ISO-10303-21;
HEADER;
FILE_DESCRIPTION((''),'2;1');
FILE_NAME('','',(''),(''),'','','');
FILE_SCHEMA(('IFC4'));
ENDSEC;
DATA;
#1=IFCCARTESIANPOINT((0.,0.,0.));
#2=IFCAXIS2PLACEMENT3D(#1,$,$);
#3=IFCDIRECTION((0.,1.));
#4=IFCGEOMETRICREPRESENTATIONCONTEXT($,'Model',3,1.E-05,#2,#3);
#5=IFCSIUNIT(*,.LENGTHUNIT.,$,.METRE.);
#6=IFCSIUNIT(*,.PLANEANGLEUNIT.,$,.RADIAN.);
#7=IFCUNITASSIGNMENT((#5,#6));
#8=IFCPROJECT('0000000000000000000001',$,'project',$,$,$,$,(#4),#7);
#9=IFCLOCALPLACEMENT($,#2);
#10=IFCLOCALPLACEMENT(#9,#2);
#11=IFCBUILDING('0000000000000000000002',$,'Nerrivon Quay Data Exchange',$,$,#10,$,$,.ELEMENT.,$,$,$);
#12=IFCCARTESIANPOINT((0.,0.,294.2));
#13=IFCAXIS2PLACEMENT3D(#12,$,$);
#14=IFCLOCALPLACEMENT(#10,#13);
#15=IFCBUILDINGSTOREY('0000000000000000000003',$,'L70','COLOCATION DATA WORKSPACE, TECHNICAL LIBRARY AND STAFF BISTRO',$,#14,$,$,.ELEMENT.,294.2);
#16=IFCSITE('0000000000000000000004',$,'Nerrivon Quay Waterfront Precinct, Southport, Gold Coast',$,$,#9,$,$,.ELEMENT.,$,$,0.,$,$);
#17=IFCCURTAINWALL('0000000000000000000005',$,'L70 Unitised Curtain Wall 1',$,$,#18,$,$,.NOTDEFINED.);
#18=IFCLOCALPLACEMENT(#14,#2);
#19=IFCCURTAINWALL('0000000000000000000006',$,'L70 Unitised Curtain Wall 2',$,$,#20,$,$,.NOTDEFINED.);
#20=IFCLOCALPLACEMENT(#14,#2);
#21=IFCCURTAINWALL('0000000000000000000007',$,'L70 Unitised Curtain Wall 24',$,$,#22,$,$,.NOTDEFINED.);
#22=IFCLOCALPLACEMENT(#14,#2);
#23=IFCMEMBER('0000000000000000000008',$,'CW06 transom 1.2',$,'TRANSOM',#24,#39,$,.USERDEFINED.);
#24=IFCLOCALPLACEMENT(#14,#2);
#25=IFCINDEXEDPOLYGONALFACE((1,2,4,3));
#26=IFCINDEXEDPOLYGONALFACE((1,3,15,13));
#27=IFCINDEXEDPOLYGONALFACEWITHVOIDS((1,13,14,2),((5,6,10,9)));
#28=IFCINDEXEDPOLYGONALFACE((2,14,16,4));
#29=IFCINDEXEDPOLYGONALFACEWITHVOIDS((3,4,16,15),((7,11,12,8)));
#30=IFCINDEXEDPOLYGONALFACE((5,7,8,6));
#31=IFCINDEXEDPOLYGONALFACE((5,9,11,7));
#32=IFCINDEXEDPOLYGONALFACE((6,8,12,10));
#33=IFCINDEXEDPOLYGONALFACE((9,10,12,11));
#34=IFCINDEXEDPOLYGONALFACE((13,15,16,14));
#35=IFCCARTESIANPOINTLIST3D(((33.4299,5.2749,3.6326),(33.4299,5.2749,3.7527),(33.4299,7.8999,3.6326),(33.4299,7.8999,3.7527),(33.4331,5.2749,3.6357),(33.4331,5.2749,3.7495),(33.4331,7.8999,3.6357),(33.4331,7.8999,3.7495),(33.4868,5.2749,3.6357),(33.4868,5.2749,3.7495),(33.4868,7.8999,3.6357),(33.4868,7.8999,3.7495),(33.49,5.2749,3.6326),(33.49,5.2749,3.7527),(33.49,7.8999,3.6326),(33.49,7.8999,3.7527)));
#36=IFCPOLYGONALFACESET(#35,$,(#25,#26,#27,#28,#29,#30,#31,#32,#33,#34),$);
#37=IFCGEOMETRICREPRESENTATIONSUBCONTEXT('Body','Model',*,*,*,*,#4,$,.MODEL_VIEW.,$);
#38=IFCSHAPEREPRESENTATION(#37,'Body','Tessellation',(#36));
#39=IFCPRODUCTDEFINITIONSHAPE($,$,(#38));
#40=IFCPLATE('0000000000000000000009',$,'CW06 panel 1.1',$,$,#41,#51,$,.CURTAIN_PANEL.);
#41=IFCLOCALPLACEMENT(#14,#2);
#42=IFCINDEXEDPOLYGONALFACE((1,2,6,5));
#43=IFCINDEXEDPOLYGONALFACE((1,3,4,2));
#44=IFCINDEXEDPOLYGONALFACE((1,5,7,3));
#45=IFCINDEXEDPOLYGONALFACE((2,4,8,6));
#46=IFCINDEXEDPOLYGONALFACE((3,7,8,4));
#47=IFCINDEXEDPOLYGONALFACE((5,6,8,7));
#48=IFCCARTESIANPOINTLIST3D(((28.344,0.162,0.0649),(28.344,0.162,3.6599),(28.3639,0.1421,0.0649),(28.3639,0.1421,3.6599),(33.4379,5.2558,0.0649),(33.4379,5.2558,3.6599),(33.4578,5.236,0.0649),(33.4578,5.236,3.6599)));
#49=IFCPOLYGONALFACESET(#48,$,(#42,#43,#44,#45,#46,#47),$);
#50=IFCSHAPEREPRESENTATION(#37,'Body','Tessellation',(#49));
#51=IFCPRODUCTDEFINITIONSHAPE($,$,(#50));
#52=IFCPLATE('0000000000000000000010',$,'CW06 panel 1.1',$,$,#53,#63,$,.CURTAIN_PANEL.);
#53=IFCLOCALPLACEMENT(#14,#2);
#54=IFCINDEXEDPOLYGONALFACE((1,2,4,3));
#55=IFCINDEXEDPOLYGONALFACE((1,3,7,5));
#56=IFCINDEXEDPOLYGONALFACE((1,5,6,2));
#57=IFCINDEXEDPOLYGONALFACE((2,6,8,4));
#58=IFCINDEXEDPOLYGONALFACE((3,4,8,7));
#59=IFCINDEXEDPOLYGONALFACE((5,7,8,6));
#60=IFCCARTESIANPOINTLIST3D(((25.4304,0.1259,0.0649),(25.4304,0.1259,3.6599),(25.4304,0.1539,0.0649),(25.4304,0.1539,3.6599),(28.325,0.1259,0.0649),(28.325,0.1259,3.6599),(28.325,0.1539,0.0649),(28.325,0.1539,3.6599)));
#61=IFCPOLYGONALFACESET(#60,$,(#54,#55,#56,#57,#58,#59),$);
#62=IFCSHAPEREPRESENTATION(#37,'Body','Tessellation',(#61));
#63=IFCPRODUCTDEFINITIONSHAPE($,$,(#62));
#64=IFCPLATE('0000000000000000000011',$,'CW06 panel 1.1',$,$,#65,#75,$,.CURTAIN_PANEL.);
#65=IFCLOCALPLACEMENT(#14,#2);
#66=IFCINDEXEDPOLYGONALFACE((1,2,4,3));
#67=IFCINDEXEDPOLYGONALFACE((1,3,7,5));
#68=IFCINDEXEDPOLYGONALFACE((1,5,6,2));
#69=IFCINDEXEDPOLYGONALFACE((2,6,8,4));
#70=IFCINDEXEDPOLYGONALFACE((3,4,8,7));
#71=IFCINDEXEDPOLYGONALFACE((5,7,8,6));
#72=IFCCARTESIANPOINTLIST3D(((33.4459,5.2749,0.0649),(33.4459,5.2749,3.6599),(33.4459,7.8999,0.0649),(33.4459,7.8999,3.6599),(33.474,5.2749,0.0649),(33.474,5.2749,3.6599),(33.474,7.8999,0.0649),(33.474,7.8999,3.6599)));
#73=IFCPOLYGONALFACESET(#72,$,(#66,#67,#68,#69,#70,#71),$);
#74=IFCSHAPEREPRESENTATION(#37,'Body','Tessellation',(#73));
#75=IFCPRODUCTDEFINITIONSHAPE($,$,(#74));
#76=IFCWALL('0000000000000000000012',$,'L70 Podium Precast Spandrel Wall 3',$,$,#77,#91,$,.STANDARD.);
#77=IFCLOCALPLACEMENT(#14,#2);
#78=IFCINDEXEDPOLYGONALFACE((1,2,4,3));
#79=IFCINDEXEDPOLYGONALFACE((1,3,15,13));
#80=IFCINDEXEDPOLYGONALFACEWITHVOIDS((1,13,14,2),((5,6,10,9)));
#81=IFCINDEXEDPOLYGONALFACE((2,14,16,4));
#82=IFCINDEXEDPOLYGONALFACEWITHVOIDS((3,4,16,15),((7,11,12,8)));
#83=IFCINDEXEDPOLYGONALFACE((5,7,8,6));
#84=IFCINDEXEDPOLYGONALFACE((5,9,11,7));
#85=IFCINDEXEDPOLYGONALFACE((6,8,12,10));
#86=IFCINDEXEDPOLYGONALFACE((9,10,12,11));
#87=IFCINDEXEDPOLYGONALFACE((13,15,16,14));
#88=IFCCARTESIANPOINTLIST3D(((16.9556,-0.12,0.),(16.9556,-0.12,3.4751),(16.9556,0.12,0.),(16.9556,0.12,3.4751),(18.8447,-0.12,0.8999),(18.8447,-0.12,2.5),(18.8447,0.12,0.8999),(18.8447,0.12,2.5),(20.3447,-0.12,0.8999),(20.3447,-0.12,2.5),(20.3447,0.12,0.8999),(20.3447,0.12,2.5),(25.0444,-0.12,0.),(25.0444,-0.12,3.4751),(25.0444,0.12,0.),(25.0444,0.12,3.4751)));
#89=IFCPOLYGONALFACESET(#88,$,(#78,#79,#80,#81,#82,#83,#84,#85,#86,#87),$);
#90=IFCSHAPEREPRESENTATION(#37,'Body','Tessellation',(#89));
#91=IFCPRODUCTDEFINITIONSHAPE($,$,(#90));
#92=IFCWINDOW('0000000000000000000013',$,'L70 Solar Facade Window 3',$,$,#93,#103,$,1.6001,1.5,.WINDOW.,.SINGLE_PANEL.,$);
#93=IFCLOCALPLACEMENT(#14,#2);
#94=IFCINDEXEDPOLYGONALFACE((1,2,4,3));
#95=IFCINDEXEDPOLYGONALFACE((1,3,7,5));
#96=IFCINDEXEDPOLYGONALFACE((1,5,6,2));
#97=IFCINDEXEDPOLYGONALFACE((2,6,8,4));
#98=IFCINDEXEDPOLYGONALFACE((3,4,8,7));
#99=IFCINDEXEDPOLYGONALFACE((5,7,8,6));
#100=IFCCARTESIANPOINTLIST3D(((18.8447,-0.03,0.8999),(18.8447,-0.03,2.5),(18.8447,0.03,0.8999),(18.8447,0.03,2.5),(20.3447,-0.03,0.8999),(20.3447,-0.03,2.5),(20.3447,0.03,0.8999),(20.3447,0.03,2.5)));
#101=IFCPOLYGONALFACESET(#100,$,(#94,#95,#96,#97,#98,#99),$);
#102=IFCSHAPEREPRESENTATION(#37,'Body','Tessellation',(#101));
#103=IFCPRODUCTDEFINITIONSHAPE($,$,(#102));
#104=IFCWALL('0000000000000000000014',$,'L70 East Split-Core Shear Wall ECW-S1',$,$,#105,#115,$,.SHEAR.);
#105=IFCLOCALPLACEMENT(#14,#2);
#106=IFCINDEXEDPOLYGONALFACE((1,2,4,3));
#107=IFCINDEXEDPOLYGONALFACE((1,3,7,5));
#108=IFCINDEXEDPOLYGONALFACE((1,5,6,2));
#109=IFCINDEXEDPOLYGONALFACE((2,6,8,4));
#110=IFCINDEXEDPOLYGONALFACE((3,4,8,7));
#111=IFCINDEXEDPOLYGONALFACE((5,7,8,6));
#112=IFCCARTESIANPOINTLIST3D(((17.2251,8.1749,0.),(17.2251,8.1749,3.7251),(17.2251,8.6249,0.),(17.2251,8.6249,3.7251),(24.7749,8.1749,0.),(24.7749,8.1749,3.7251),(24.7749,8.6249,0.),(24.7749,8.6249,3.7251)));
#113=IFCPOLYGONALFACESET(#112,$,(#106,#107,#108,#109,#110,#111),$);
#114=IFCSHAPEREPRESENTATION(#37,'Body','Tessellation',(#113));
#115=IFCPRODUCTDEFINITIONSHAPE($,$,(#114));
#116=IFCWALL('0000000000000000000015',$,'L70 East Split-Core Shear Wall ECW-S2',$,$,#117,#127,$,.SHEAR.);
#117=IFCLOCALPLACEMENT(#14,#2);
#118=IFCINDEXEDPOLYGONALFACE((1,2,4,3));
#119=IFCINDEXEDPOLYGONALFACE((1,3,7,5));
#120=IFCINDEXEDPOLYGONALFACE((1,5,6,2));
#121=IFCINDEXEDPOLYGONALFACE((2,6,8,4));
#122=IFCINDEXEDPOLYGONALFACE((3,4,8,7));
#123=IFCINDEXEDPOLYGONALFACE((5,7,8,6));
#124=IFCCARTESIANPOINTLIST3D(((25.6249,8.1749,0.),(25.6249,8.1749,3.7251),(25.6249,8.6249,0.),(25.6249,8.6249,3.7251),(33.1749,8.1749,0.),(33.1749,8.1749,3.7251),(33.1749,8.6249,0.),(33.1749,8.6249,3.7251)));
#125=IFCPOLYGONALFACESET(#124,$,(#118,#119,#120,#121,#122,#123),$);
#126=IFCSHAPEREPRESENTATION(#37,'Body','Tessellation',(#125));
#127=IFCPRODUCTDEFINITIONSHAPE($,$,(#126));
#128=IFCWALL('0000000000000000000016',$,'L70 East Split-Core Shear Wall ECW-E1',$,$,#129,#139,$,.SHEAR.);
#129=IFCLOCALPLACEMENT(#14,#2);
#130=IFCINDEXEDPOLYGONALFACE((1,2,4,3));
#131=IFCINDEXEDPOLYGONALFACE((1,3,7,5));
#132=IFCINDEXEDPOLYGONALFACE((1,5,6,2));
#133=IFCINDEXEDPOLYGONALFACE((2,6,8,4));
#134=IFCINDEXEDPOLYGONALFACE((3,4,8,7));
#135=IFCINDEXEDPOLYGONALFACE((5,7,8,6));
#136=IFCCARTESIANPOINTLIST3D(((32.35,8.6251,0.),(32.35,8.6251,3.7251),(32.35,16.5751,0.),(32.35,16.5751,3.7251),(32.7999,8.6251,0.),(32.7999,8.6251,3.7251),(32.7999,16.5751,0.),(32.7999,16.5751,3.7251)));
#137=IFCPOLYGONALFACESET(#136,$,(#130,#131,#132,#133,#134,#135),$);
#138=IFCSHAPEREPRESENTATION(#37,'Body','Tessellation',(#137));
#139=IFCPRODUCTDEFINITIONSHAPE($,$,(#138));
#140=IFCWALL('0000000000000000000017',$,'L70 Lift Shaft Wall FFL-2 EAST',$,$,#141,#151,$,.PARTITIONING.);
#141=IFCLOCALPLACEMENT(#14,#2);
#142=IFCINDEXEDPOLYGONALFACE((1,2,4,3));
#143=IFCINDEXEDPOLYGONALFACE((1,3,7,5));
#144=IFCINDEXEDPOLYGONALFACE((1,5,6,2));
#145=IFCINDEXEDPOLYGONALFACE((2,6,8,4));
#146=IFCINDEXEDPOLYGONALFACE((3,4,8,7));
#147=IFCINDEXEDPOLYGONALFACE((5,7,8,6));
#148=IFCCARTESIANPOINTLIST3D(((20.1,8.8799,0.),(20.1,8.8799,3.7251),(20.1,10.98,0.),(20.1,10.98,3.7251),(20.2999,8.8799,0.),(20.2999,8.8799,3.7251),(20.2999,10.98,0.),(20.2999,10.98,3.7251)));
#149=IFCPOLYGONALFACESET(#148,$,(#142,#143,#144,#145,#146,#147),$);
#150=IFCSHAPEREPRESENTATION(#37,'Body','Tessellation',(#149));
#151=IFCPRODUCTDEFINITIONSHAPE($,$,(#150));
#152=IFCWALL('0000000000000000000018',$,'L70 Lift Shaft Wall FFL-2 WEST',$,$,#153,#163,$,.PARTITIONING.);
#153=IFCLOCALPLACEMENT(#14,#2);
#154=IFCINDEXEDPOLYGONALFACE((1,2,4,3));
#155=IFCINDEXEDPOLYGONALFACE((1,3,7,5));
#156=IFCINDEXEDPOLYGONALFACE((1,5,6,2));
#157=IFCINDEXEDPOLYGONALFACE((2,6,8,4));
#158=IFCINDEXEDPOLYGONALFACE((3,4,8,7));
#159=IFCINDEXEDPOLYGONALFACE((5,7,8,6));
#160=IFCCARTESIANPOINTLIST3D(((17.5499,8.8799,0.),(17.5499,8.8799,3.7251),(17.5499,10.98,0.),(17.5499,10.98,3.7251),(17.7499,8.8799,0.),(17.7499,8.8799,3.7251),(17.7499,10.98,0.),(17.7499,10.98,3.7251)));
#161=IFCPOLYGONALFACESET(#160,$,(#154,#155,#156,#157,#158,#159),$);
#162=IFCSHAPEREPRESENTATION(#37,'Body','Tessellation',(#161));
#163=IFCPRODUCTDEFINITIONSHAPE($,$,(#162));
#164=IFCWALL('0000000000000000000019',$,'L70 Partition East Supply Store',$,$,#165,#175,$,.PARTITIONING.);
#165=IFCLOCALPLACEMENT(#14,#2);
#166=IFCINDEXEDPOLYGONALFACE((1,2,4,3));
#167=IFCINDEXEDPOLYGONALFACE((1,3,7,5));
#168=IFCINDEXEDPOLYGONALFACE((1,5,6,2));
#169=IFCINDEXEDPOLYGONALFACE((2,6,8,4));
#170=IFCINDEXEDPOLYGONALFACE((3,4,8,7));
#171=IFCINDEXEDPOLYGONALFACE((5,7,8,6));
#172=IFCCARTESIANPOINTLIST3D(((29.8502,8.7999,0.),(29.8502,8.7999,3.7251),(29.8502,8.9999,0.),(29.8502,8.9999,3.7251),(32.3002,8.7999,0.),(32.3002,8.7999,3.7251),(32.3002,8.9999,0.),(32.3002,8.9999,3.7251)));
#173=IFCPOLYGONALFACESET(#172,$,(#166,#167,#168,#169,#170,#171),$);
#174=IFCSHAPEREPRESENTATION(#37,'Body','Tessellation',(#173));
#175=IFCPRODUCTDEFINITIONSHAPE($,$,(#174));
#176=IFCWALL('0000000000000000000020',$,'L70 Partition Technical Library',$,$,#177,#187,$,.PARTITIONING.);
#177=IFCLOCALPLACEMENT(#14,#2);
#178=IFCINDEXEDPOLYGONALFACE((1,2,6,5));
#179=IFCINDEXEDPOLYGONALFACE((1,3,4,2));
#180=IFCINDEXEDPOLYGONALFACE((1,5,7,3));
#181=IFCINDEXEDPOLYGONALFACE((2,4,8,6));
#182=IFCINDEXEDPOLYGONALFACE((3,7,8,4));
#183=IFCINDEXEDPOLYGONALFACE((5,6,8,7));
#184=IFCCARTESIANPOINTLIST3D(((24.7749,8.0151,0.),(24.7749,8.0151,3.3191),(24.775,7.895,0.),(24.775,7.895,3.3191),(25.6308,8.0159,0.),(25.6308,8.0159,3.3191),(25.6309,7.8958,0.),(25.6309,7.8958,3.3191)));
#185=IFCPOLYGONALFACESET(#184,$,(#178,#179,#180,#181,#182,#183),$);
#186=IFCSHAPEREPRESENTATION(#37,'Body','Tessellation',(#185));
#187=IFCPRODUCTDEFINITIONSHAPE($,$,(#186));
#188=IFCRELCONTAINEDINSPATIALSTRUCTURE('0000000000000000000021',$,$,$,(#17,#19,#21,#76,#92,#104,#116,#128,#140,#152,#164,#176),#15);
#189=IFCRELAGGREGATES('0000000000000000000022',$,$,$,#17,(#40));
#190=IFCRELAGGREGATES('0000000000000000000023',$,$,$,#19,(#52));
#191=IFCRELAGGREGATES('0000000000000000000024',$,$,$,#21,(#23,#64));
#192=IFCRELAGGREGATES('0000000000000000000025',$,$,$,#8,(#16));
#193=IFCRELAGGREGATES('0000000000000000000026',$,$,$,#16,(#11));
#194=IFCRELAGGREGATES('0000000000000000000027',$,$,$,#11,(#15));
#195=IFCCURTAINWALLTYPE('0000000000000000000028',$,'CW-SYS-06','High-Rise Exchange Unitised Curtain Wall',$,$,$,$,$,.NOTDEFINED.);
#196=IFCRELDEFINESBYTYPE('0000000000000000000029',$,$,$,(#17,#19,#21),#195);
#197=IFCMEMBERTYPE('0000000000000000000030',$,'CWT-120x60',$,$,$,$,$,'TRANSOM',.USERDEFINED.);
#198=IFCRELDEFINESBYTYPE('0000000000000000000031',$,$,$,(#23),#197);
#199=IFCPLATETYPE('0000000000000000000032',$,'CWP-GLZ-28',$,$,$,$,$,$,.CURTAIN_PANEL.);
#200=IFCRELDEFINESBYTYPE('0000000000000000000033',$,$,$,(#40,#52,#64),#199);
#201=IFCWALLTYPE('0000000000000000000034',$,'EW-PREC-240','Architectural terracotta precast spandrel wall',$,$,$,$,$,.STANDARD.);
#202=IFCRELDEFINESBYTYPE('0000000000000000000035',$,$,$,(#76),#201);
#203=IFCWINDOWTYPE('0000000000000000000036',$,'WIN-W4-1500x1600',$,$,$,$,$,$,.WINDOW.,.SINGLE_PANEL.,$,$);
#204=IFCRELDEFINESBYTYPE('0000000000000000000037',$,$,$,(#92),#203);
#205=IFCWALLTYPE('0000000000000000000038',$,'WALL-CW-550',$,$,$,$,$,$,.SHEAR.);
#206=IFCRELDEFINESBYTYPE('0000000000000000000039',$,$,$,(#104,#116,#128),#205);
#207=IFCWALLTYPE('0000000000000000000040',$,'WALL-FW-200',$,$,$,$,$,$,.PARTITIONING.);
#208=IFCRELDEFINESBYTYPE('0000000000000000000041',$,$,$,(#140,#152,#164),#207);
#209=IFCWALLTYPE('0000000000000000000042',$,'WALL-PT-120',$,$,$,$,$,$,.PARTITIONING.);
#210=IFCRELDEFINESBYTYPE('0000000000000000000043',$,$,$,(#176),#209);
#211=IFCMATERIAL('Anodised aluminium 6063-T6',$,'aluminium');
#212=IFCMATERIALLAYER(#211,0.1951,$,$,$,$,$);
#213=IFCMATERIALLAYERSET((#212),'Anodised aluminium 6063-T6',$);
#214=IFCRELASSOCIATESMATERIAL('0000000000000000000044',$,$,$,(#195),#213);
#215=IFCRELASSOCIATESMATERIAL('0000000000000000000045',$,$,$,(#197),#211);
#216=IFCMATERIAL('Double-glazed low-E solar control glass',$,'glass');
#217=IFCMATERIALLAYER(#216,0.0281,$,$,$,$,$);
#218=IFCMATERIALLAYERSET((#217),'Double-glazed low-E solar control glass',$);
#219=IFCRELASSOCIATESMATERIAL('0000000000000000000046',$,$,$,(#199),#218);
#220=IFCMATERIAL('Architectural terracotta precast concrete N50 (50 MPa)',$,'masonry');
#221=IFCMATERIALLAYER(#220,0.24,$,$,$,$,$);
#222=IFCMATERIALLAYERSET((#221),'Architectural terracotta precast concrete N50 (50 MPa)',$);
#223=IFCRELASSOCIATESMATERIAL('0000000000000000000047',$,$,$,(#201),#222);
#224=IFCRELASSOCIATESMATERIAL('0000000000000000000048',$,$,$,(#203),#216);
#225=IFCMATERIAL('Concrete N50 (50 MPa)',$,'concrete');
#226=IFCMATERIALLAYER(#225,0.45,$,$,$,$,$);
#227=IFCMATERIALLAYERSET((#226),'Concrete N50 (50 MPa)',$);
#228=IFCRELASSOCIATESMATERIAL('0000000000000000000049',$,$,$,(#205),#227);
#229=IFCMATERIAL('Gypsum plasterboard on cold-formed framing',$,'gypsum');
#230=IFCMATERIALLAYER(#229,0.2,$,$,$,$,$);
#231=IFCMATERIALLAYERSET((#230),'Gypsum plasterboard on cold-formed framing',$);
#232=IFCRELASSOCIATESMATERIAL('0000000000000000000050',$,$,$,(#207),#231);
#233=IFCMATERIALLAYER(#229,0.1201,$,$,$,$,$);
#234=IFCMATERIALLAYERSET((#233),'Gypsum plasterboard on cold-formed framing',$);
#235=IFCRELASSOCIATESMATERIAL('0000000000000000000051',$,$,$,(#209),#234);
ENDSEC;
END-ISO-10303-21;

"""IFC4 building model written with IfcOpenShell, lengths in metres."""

from ifc_helpers import new_model, si_unit, direction, frame, frame_2d, origin, origin_2d, place, context, subcontext, project, spatial, rectangle, hollow_rectangle, extrude, material, layer, layer_set, material_profile, profile_set, type_object, element, fill, aggregate, save


model = new_model("IFC4")

# Units and contexts
model_context = context("Model", 3, precision=1e-05, world=origin(), true_north=direction((0.0, 1.0)))
body_context = subcontext(model_context, "Body", "Model", "MODEL_VIEW")
ifc_project = project(units=[si_unit("LENGTHUNIT", "METRE"), si_unit("PLANEANGLEUNIT", "RADIAN")], contexts=[model_context])

# Site, building, storey
site_placement = place(None, origin())
site = spatial("IfcSite", under=ifc_project, at=site_placement, Name="Nerrivon Quay Waterfront Precinct, Southport, Gold Coast", CompositionType="ELEMENT", RefElevation=0.0)
building_placement = place(site_placement, origin())
building = spatial("IfcBuilding", under=site, at=building_placement, Name="Nerrivon Quay Data Exchange", CompositionType="ELEMENT")
storey_placement = place(building_placement, frame((0.0, 0.0, 294.2)))
storey = spatial("IfcBuildingStorey", under=building, at=storey_placement, Name="L70", Description="COLOCATION DATA WORKSPACE, TECHNICAL LIBRARY AND STAFF BISTRO", CompositionType="ELEMENT", Elevation=294.2)

# Shared definitions
ifc_material_1 = material(Name="Concrete N50 (50 MPa)", Category="concrete")

# Curtain walls
ifc_material_2 = material(Name="Anodised aluminium 6063-T6", Category="aluminium")
ifc_layer_1 = layer(ifc_material_2, 0.1951)
ifc_layer_set_1 = layer_set([ifc_layer_1], Name="Anodised aluminium 6063-T6")
curtain_wall_type = type_object("IfcCurtainWallType", Name="CW-SYS-06", Description="High-Rise Exchange Unitised Curtain Wall", PredefinedType="NOTDEFINED", material=ifc_layer_set_1)
curtain_wall_1_placement = place(storey_placement, origin())
curtain_wall_1 = element("IfcCurtainWall", 1, at=curtain_wall_1_placement, inside=storey, type_object=curtain_wall_type, Name="L70 Unitised Curtain Wall 1", PredefinedType="NOTDEFINED")
curtain_wall_2_placement = place(storey_placement, origin())
curtain_wall_2 = element("IfcCurtainWall", 2, at=curtain_wall_2_placement, inside=storey, type_object=curtain_wall_type, Name="L70 Unitised Curtain Wall 2", PredefinedType="NOTDEFINED")

# Curtain wall
curtain_wall_3_placement = place(storey_placement, origin())
curtain_wall_3 = element("IfcCurtainWall", 3, at=curtain_wall_3_placement, inside=storey, type_object=curtain_wall_type, Name="L70 Unitised Curtain Wall 24", PredefinedType="NOTDEFINED")

# Member
ifc_material_profile_1 = material_profile(ifc_material_2, hollow_rectangle(XDim=0.0601, YDim=0.1201, WallThickness=0.0032, at=origin_2d()), Name="ALU-TRAN-120x60")
ifc_profile_set_1 = profile_set([ifc_material_profile_1], Name="Anodised aluminium 6063-T6")
member_type_1 = type_object("IfcMemberType", Name="CWT-120x60", ElementType="TRANSOM", PredefinedType="USERDEFINED", material=ifc_profile_set_1)
member_1_placement = place(storey_placement, frame((33.46, 7.8999, 3.6926), z_axis=(0.0, -1.0, 0.0), x_axis=(1.0, 0.0, 0.0)))
member_1 = element("IfcMember", 4, at=member_1_placement, type_object=member_type_1, Name="CW06 transom 1.2", ObjectType="TRANSOM", PredefinedType="USERDEFINED", context=body_context, shape_type="SweptSolid", body=[
    extrude(hollow_rectangle(XDim=0.0601, YDim=0.1201, WallThickness=0.0032, at=origin_2d()), origin(), (0.0, 0.0, 1.0), 2.625),
])

# Plates
ifc_material_3 = material(Name="Double-glazed low-E solar control glass", Category="glass")
ifc_layer_2 = layer(ifc_material_3, 0.0281)
ifc_layer_set_2 = layer_set([ifc_layer_2], Name="Double-glazed low-E solar control glass")
plate_type = type_object("IfcPlateType", Name="CWP-GLZ-28", PredefinedType="CURTAIN_PANEL", material=ifc_layer_set_2)
plate_1_placement = place(storey_placement, frame((30.9009, 2.699, 0.0649), z_axis=(0.0, 0.0, 1.0), x_axis=(-0.707107, -0.707107, 0.0)))
plate_1 = element("IfcPlate", 5, at=plate_1_placement, type_object=plate_type, Name="CW06 panel 1.1", PredefinedType="CURTAIN_PANEL", context=body_context, shape_type="SweptSolid", body=[
    extrude(rectangle(XDim=7.2039, YDim=0.0281, at=origin_2d()), origin(), (0.0, 0.0, 1.0), 3.595),
])
aggregate(curtain_wall_1, [plate_1])
plate_2_placement = place(storey_placement, frame((26.8777, 0.1399, 0.0649), z_axis=(0.0, 0.0, 1.0), x_axis=(-1.0, 0.0, 0.0)))
plate_2 = element("IfcPlate", 6, at=plate_2_placement, type_object=plate_type, Name="CW06 panel 1.1", PredefinedType="CURTAIN_PANEL", context=body_context, shape_type="SweptSolid", body=[
    extrude(rectangle(XDim=2.8945, YDim=0.0281, at=origin_2d()), origin(), (0.0, 0.0, 1.0), 3.595),
])
aggregate(curtain_wall_2, [plate_2])
plate_3_placement = place(storey_placement, frame((33.46, 6.5874, 0.0649), z_axis=(0.0, 0.0, 1.0), x_axis=(0.0, -1.0, 0.0)))
plate_3 = element("IfcPlate", 7, at=plate_3_placement, type_object=plate_type, Name="CW06 panel 1.1", PredefinedType="CURTAIN_PANEL", context=body_context, shape_type="SweptSolid", body=[
    extrude(rectangle(XDim=2.625, YDim=0.0281, at=origin_2d()), origin(), (0.0, 0.0, 1.0), 3.595),
])
aggregate(curtain_wall_3, [member_1, plate_3])

# Wall, opening, window
ifc_material_4 = material(Name="Architectural terracotta precast concrete N50 (50 MPa)", Category="masonry")
ifc_layer_3 = layer(ifc_material_4, 0.24)
ifc_layer_set_3 = layer_set([ifc_layer_3], Name="Architectural terracotta precast concrete N50 (50 MPa)")
wall_type_1 = type_object("IfcWallType", Name="EW-PREC-240", Description="Architectural terracotta precast spandrel wall", PredefinedType="STANDARD", material=ifc_layer_set_3)
wall_1_placement = place(storey_placement, frame((25.0444, 0.0, 0.0), z_axis=(0.0, 0.0, 1.0), x_axis=(-1.0, 0.0, 0.0)))
wall_1 = element("IfcWall", 8, at=wall_1_placement, inside=storey, type_object=wall_type_1, Name="L70 Podium Precast Spandrel Wall 3", PredefinedType="STANDARD", context=body_context, shape_type="SweptSolid", body=[
    extrude(rectangle(XDim=8.0889, YDim=0.24, at=frame_2d((4.0444, 0.0))), origin(), (0.0, 0.0, 1.0), 3.4751),
])
opening_placement = place(wall_1_placement, frame((4.6997, 0.0, 0.8999)))
opening = element("IfcOpeningElement", 9, at=opening_placement, cuts=wall_1, PredefinedType="OPENING", context=body_context, shape_type="SweptSolid", body=[
    extrude(rectangle(XDim=1.5, YDim=1.6001, at=frame_2d((0.75, 0.8))), frame((0.0, 0.1299, 0.0), z_axis=(0.0, -1.0, 0.0), x_axis=(1.0, 0.0, 0.0)), (0.0, 0.0, 1.0), 0.26),
])
window_type = type_object("IfcWindowType", Name="WIN-W4-1500x1600", PartitioningType="SINGLE_PANEL", PredefinedType="WINDOW", material=ifc_material_3)
window_placement = place(opening_placement, origin())
window = element("IfcWindow", 10, at=window_placement, inside=storey, type_object=window_type, Name="L70 Solar Facade Window 3", OverallHeight=1.6001, OverallWidth=1.5, PartitioningType="SINGLE_PANEL", PredefinedType="WINDOW", context=body_context, shape_type="SweptSolid", body=[
    extrude(rectangle(XDim=1.5, YDim=1.6001, at=frame_2d((0.75, 0.8))), frame((0.0, 0.03, 0.0), z_axis=(0.0, -1.0, 0.0), x_axis=(1.0, 0.0, 0.0)), (0.0, 0.0, 1.0), 0.0601),
])
fill(opening, window)

# Walls
ifc_layer_4 = layer(ifc_material_1, 0.45)
ifc_layer_set_4 = layer_set([ifc_layer_4], Name="Concrete N50 (50 MPa)")
wall_type_2 = type_object("IfcWallType", Name="WALL-CW-550", PredefinedType="SHEAR", material=ifc_layer_set_4)
wall_2_placement = place(storey_placement, frame((17.2251, 8.3999, 0.0), z_axis=(0.0, 0.0, 1.0), x_axis=(1.0, 0.0, 0.0)))
element("IfcWall", 11, at=wall_2_placement, inside=storey, type_object=wall_type_2, Name="L70 East Split-Core Shear Wall ECW-S1", PredefinedType="SHEAR", context=body_context, shape_type="SweptSolid", body=[
    extrude(rectangle(XDim=7.5498, YDim=0.45, at=frame_2d((3.7749, 0.0))), origin(), (0.0, 0.0, 1.0), 3.7251),
])
wall_3_placement = place(storey_placement, frame((25.625, 8.3999, 0.0), z_axis=(0.0, 0.0, 1.0), x_axis=(1.0, 0.0, 0.0)))
element("IfcWall", 12, at=wall_3_placement, inside=storey, type_object=wall_type_2, Name="L70 East Split-Core Shear Wall ECW-S2", PredefinedType="SHEAR", context=body_context, shape_type="SweptSolid", body=[
    extrude(rectangle(XDim=7.55, YDim=0.45, at=frame_2d((3.7749, 0.0))), origin(), (0.0, 0.0, 1.0), 3.7251),
])
wall_4_placement = place(storey_placement, frame((32.575, 8.625, 0.0), z_axis=(0.0, 0.0, 1.0), x_axis=(0.0, 1.0, 0.0)))
element("IfcWall", 13, at=wall_4_placement, inside=storey, type_object=wall_type_2, Name="L70 East Split-Core Shear Wall ECW-E1", PredefinedType="SHEAR", context=body_context, shape_type="SweptSolid", body=[
    extrude(rectangle(XDim=7.95, YDim=0.45, at=frame_2d((3.9751, 0.0))), origin(), (0.0, 0.0, 1.0), 3.7251),
])
ifc_material_5 = material(Name="Gypsum plasterboard on cold-formed framing", Category="gypsum")
ifc_layer_5 = layer(ifc_material_5, 0.2)
ifc_layer_set_5 = layer_set([ifc_layer_5], Name="Gypsum plasterboard on cold-formed framing")
wall_type_3 = type_object("IfcWallType", Name="WALL-FW-200", PredefinedType="PARTITIONING", material=ifc_layer_set_5)
for number, where, z_axis, x_axis, name in (
    (14, (20.2, 8.8799, 0.0), (0.0, 0.0, 1.0), (0.0, 1.0, 0.0), "L70 Lift Shaft Wall FFL-2 EAST"),
    (15, (17.6499, 8.8799, 0.0), (0.0, 0.0, 1.0), (0.0, 1.0, 0.0), "L70 Lift Shaft Wall FFL-2 WEST"),
):
    element("IfcWall", number, at=place(storey_placement, frame(where, z_axis=z_axis, x_axis=x_axis)), inside=storey, type_object=wall_type_3, Name=name, PredefinedType="PARTITIONING", context=body_context, shape_type="SweptSolid", body=[
        extrude(rectangle(XDim=2.1001, YDim=0.2, at=frame_2d((1.05, 0.0))), origin(), (0.0, 0.0, 1.0), 3.7251),
    ])
wall_5_placement = place(storey_placement, frame((29.8501, 8.8999, 0.0), z_axis=(0.0, 0.0, 1.0), x_axis=(1.0, 0.0, 0.0)))
element("IfcWall", 16, at=wall_5_placement, inside=storey, type_object=wall_type_3, Name="L70 Partition East Supply Store", PredefinedType="PARTITIONING", context=body_context, shape_type="SweptSolid", body=[
    extrude(rectangle(XDim=2.45, YDim=0.2, at=frame_2d((1.2251, 0.0))), origin(), (0.0, 0.0, 1.0), 3.7251),
])
ifc_layer_6 = layer(ifc_material_5, 0.1201)
ifc_layer_set_6 = layer_set([ifc_layer_6], Name="Gypsum plasterboard on cold-formed framing")
wall_type_4 = type_object("IfcWallType", Name="WALL-PT-120", PredefinedType="PARTITIONING", material=ifc_layer_set_6)
wall_6_placement = place(storey_placement, frame((25.6309, 7.9558, 0.0), z_axis=(0.0, 0.0, 1.0), x_axis=(-1.0, -0.000856, 0.0)))
element("IfcWall", 17, at=wall_6_placement, inside=storey, type_object=wall_type_4, Name="L70 Partition Technical Library", PredefinedType="PARTITIONING", context=body_context, shape_type="SweptSolid", body=[
    extrude(rectangle(XDim=0.856, YDim=0.1201, at=frame_2d((0.428, 0.0))), origin(), (0.0, 0.0, 1.0), 3.3191),
])

save(model, "model.ifc")
